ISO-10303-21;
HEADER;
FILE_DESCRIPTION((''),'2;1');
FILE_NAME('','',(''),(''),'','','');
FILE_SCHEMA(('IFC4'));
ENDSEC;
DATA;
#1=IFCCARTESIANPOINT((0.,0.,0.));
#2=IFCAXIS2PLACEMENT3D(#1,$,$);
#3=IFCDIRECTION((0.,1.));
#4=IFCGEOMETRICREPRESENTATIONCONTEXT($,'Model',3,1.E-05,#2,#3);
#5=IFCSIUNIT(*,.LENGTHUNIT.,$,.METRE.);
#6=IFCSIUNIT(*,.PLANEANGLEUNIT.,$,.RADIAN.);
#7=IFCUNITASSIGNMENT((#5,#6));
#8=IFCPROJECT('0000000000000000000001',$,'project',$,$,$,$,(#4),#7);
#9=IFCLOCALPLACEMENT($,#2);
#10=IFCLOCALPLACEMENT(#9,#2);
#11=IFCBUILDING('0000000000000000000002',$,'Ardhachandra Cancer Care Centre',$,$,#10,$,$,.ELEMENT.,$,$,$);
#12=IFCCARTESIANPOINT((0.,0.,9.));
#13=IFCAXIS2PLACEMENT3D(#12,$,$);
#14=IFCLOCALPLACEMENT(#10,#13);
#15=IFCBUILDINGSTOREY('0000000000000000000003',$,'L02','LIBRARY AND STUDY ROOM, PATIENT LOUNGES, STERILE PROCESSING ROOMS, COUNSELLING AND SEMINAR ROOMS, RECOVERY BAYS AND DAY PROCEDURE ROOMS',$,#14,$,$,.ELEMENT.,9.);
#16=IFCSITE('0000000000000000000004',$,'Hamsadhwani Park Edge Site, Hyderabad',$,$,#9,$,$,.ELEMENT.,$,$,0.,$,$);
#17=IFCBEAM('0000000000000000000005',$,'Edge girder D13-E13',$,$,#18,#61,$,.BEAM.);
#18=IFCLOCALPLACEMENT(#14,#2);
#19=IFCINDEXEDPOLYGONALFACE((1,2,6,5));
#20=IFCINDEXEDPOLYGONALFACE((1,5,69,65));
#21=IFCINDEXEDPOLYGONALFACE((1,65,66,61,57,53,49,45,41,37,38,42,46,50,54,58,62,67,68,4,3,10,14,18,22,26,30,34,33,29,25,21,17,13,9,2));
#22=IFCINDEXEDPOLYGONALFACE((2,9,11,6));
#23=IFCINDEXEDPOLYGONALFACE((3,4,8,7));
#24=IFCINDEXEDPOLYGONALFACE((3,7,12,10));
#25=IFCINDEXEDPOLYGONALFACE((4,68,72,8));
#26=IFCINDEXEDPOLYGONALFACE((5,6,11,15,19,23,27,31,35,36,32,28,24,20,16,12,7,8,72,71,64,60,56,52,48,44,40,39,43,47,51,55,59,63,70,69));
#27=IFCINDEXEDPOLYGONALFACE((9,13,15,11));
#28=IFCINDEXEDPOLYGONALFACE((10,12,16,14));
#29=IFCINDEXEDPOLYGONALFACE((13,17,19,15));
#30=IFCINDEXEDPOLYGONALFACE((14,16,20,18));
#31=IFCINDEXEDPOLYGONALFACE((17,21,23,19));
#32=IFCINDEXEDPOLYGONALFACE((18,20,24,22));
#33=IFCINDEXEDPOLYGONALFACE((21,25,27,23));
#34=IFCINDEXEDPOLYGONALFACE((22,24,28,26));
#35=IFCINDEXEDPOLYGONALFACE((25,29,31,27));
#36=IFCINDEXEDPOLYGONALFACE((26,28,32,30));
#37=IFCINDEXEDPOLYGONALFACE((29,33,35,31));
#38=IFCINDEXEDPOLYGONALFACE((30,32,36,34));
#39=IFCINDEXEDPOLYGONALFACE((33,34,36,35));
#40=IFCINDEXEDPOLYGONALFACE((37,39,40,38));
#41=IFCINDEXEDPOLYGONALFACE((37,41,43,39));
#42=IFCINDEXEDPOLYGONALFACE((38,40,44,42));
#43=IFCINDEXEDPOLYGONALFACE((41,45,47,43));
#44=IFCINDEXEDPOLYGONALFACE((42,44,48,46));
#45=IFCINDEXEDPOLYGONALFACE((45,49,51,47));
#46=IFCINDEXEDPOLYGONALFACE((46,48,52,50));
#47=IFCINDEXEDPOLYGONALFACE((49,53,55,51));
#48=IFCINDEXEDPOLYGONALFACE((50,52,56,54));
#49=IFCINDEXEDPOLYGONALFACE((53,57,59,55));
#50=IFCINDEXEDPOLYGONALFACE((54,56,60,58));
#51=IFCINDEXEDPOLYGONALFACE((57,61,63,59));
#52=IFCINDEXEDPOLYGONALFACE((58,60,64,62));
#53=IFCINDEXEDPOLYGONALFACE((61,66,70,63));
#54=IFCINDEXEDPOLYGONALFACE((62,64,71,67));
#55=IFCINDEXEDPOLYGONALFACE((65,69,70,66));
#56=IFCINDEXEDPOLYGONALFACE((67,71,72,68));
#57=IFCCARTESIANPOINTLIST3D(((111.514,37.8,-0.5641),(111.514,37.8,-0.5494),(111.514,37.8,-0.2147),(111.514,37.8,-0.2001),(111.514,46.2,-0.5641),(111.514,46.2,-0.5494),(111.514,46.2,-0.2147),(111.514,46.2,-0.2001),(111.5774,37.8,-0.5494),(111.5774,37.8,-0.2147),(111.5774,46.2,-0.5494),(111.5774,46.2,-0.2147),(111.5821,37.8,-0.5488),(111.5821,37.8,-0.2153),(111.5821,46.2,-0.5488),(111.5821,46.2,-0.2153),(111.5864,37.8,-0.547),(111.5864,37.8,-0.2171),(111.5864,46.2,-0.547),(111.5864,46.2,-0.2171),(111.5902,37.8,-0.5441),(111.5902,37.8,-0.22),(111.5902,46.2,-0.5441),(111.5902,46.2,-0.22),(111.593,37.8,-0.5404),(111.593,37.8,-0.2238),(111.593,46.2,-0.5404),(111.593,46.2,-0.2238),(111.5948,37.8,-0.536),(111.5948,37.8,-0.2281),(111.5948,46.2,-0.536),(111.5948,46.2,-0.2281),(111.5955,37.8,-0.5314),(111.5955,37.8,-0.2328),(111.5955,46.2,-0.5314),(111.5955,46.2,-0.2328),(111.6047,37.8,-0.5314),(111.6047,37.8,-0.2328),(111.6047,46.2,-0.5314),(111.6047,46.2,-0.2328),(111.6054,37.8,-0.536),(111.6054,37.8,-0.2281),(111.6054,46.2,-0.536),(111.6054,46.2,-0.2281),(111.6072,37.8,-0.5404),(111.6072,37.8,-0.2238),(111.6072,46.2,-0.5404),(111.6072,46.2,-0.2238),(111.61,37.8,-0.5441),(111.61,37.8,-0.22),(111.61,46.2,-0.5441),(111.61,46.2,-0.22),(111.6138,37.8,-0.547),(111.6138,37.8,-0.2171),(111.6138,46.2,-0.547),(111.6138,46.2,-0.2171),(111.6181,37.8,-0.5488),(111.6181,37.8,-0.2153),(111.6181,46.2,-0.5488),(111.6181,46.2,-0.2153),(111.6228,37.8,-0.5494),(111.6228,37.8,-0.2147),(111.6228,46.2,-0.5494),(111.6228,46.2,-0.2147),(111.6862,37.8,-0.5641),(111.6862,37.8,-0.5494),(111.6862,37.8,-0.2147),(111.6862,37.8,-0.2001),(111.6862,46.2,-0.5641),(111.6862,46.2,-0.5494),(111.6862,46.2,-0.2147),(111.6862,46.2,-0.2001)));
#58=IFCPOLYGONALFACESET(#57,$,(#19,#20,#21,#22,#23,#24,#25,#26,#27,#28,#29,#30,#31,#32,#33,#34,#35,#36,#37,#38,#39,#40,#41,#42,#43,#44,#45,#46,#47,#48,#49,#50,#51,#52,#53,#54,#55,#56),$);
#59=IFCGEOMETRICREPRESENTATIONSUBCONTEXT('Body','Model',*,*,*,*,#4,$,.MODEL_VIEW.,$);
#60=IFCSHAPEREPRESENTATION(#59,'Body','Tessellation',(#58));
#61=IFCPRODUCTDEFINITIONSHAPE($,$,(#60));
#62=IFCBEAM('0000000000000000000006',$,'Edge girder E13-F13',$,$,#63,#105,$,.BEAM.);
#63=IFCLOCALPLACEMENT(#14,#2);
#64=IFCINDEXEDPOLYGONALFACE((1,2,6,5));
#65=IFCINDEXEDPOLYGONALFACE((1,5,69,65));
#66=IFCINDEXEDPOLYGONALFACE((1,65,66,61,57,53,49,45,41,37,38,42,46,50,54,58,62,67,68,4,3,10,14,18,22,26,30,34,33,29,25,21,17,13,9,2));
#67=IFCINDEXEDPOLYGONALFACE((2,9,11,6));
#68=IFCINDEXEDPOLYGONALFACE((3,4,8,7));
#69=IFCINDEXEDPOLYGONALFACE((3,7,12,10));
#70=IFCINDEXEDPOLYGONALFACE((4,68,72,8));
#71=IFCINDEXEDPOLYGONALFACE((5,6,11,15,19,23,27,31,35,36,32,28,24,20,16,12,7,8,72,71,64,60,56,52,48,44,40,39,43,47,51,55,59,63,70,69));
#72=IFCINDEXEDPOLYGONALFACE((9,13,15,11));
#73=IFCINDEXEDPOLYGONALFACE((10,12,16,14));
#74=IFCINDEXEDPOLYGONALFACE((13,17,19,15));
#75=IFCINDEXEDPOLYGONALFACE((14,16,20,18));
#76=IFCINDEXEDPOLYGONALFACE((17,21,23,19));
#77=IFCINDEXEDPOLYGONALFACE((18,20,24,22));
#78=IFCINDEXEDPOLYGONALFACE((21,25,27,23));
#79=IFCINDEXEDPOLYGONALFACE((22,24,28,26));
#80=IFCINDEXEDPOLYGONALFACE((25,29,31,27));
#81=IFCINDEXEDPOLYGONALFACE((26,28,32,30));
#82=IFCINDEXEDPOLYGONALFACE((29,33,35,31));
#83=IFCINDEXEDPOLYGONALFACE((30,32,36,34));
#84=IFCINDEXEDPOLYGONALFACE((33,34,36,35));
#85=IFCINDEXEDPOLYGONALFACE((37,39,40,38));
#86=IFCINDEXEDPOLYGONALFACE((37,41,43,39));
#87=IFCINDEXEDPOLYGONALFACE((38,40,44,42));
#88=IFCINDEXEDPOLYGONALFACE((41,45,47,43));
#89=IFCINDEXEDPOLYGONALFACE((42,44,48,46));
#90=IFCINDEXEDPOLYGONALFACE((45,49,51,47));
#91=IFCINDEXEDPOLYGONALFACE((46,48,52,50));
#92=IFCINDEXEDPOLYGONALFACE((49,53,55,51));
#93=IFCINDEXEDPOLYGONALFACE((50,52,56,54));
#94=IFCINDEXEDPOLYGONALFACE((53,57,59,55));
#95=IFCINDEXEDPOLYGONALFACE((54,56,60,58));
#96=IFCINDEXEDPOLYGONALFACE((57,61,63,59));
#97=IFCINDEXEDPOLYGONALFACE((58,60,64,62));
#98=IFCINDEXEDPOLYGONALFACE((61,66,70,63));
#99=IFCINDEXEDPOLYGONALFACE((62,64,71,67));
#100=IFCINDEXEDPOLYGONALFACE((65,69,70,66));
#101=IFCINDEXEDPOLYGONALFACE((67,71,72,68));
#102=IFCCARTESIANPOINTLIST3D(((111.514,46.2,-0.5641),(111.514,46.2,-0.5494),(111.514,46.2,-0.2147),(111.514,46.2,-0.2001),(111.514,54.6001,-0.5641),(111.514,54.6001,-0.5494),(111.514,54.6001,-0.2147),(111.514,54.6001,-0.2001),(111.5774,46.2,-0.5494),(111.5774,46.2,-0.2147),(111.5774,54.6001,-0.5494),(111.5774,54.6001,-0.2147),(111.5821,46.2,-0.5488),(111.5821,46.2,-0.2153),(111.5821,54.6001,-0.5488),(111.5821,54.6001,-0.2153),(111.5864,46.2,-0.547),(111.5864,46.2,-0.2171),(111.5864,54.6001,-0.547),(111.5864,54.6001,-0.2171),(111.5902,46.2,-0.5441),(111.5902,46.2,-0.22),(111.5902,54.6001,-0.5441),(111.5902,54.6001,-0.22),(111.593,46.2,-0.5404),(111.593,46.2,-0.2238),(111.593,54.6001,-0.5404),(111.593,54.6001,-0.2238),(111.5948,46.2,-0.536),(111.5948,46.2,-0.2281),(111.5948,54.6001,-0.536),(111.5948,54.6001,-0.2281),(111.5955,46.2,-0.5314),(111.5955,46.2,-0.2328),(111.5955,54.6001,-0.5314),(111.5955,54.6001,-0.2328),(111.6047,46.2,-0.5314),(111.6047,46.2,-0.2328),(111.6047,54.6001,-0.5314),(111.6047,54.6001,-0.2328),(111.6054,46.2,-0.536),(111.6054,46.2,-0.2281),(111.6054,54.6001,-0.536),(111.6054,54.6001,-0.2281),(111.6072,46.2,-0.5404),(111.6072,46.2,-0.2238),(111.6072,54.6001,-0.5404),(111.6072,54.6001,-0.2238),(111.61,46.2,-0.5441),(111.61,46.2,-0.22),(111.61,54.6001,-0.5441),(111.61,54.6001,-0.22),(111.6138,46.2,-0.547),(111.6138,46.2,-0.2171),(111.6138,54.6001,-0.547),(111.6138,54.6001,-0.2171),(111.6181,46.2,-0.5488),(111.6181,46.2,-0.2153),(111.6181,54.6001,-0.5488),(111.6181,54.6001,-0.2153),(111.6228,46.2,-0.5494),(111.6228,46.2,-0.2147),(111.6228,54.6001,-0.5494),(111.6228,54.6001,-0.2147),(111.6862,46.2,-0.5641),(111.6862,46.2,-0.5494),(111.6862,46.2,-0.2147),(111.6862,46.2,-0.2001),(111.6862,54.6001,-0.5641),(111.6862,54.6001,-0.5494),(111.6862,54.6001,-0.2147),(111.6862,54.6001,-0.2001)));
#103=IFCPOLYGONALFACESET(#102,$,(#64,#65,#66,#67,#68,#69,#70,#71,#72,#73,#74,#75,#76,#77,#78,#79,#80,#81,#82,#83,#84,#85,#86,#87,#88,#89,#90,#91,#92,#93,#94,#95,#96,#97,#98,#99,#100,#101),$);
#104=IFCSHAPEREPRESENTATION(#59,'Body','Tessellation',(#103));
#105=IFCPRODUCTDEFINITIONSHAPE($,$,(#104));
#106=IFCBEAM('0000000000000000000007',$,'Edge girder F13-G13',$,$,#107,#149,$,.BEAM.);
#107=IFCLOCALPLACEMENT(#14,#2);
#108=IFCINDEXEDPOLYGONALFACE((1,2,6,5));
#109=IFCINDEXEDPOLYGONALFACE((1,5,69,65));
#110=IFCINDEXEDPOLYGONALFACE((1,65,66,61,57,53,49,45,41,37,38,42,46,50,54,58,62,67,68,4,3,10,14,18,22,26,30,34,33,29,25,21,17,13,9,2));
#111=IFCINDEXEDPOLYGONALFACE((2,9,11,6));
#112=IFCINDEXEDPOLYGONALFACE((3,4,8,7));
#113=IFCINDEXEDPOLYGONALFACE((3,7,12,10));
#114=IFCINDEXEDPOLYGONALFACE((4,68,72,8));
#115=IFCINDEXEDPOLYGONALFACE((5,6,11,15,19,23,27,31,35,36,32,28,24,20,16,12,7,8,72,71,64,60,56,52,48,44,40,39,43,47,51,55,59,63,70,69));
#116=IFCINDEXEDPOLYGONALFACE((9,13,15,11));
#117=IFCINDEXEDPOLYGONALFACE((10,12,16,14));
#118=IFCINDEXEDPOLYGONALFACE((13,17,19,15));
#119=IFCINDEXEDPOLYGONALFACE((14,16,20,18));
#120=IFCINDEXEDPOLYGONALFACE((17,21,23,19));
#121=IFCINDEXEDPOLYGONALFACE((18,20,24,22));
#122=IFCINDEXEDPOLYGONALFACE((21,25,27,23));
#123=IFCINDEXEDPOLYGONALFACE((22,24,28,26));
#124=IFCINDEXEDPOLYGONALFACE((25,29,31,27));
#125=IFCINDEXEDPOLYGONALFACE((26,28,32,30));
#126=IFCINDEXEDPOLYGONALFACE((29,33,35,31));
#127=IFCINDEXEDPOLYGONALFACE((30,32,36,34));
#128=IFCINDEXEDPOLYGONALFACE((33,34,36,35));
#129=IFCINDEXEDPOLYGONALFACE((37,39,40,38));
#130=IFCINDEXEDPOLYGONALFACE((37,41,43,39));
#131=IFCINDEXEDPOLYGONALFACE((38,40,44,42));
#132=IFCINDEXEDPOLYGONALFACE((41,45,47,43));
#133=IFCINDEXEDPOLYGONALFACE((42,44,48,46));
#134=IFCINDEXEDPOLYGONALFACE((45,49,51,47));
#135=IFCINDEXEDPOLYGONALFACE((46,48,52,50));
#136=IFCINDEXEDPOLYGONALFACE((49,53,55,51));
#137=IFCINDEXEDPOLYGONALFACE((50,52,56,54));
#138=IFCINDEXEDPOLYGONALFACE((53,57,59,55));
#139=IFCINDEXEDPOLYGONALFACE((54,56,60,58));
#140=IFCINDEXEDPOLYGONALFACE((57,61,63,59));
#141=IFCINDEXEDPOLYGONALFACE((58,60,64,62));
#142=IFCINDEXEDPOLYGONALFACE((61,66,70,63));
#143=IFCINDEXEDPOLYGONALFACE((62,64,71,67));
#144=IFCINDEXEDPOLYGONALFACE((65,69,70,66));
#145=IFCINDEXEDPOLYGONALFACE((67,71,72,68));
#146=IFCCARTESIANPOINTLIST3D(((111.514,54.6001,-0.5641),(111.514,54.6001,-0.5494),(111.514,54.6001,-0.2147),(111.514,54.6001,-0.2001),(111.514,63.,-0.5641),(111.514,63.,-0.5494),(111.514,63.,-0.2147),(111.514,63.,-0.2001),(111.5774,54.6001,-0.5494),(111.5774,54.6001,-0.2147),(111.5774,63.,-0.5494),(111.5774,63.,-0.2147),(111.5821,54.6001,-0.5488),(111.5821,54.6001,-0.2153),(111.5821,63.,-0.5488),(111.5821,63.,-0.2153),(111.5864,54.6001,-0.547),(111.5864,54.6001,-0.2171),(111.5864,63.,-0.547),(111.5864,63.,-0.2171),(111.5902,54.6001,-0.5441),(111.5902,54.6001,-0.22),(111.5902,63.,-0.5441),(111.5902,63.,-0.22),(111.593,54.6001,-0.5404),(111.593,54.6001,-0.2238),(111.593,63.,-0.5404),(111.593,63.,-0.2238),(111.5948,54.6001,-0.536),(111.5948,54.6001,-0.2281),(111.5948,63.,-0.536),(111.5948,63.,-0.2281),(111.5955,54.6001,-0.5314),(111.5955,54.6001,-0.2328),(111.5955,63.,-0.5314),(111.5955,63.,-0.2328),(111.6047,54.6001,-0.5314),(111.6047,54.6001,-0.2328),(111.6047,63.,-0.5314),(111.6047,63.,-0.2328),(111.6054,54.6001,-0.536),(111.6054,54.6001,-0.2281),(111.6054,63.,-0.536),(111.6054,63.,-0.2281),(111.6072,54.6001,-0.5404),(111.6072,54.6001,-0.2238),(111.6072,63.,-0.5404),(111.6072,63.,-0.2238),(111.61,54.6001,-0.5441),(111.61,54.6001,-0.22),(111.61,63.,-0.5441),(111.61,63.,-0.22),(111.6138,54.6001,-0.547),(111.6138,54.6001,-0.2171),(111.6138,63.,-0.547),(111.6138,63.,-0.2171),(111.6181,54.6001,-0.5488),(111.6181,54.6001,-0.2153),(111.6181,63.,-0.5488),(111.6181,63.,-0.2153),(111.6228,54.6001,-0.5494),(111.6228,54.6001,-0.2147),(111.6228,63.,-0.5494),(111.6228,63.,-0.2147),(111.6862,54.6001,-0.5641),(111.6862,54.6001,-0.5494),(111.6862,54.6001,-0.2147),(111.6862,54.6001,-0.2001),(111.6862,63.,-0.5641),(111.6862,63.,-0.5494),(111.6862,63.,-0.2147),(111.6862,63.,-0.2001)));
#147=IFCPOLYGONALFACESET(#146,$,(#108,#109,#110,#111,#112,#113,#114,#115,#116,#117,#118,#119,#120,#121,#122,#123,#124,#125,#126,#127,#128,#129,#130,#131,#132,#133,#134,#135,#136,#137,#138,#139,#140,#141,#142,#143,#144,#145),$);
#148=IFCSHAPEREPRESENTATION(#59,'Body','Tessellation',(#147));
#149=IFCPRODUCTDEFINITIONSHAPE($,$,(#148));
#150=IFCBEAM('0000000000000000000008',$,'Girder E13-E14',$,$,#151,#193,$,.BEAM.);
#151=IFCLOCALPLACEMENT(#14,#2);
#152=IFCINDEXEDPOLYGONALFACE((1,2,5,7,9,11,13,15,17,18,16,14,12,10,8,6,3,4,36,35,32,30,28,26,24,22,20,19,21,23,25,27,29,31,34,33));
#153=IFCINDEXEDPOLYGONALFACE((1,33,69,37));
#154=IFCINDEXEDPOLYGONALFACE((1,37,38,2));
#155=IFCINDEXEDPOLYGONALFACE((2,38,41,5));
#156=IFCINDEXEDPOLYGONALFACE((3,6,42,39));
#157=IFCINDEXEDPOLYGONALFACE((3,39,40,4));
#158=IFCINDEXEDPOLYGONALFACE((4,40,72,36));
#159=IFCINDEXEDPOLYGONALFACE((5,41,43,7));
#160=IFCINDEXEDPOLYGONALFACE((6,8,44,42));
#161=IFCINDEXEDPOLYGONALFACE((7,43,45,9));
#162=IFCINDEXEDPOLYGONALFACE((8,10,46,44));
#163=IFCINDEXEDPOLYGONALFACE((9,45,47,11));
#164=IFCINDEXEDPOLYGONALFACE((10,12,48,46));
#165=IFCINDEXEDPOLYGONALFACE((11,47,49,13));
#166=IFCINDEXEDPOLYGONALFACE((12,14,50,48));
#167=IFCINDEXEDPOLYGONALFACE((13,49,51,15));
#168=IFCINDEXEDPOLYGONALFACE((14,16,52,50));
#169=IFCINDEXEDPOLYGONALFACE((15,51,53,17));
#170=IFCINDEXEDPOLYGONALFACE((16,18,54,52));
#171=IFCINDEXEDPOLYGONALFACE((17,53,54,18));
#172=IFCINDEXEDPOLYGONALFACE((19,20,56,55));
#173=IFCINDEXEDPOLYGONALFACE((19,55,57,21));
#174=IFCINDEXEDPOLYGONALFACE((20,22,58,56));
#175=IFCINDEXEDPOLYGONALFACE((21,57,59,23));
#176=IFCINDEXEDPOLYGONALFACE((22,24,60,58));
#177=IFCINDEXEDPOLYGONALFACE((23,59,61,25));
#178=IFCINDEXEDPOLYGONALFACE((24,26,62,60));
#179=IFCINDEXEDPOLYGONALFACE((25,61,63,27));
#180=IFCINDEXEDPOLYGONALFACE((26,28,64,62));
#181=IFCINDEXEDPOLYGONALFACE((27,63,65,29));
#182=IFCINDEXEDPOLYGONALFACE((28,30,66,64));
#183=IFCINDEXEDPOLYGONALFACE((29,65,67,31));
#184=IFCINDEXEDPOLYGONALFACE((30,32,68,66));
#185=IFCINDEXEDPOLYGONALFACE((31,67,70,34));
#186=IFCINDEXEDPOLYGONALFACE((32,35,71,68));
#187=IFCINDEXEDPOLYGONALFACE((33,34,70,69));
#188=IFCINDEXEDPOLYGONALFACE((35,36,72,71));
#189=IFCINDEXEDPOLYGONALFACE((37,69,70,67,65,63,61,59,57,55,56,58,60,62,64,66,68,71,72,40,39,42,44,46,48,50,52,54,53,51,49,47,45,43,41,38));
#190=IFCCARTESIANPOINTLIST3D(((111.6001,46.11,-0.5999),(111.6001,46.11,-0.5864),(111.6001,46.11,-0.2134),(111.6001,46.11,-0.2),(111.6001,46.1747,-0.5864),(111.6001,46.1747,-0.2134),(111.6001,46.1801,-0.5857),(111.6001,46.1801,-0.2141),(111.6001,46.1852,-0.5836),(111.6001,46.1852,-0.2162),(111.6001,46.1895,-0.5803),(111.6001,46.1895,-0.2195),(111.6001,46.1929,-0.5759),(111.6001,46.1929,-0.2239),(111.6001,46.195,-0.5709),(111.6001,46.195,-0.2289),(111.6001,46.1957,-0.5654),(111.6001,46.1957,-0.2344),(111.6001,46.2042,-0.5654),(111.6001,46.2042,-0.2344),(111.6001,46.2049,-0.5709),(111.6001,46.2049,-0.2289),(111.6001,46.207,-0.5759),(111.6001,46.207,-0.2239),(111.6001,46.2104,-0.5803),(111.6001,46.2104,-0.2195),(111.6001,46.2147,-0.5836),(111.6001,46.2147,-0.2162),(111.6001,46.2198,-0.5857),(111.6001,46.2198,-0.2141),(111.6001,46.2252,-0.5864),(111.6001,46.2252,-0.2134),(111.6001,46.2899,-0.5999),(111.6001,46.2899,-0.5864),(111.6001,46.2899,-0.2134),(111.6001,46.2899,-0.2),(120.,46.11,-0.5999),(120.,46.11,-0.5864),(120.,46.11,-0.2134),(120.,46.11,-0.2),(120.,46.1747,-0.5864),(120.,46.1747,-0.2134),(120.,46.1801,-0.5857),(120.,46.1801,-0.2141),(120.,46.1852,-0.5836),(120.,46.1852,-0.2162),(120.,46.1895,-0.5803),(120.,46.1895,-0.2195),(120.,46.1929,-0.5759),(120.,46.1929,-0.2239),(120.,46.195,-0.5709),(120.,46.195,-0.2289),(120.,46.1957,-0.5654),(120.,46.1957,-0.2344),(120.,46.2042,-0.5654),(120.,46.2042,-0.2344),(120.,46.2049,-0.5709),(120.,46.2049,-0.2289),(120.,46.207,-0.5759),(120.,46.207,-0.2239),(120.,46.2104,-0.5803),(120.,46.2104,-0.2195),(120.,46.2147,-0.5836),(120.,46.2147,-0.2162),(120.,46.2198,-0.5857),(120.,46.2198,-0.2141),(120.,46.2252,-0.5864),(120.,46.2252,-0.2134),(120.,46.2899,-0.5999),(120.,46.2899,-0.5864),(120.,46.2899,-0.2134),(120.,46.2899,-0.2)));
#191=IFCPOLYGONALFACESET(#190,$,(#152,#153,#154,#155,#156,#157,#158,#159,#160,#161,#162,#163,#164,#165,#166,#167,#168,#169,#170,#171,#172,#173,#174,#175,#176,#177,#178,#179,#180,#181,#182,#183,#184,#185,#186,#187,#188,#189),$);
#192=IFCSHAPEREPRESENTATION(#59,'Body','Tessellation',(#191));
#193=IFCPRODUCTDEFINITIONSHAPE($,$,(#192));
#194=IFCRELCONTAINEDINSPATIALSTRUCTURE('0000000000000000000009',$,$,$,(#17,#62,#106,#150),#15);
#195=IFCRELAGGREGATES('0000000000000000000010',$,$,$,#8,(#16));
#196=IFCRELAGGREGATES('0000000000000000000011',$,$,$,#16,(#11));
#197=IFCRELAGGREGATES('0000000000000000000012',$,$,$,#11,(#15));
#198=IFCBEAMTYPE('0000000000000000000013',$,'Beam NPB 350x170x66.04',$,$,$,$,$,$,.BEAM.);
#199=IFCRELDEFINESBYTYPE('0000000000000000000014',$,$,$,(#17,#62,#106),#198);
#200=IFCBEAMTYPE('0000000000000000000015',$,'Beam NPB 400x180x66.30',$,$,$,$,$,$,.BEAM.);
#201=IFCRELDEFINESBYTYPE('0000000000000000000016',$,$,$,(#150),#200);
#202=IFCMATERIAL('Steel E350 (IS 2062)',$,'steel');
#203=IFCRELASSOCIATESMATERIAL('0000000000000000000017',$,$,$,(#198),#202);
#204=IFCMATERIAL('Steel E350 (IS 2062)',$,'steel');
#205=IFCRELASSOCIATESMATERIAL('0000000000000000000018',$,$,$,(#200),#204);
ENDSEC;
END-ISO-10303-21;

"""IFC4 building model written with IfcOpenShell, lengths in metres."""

from ifc_helpers import new_model, si_unit, direction, frame, origin, origin_2d, place, context, subcontext, project, spatial, i_section, extrude, material, material_profile, profile_set, type_object, element, save


model = new_model("IFC4")

# Units and contexts
model_context = context("Model", 3, precision=1e-05, world=origin(), true_north=direction((0.0, 1.0)))
body_context = subcontext(model_context, "Body", "Model", "MODEL_VIEW")
ifc_project = project(units=[si_unit("LENGTHUNIT", "METRE"), si_unit("PLANEANGLEUNIT", "RADIAN")], contexts=[model_context])

# Site, building, storey
site_placement = place(None, origin())
site = spatial("IfcSite", under=ifc_project, at=site_placement, Name="Hamsadhwani Park Edge Site, Hyderabad", CompositionType="ELEMENT", RefElevation=0.0)
building_placement = place(site_placement, origin())
building = spatial("IfcBuilding", under=site, at=building_placement, Name="Ardhachandra Cancer Care Centre", CompositionType="ELEMENT")
storey_placement = place(building_placement, frame((0.0, 0.0, 9.0)))
storey = spatial("IfcBuildingStorey", under=building, at=storey_placement, Name="L02", Description="LIBRARY AND STUDY ROOM, PATIENT LOUNGES, STERILE PROCESSING ROOMS, COUNSELLING AND SEMINAR ROOMS, RECOVERY BAYS AND DAY PROCEDURE ROOMS", CompositionType="ELEMENT", Elevation=9.0)

# Beams
ifc_material_1 = material(Name="Steel E350 (IS 2062)", Category="steel")
ifc_material_profile_1 = material_profile(ifc_material_1, i_section(OverallWidth=0.1721, OverallDepth=0.364, WebThickness=0.0093, FlangeThickness=0.0146, FilletRadius=0.0181, at=origin_2d()), Name="NPB 350x170x66.04")
ifc_profile_set_1 = profile_set([ifc_material_profile_1], Name="Steel E350 (IS 2062)")
beam_type_1 = type_object("IfcBeamType", Name="Beam NPB 350x170x66.04", PredefinedType="BEAM", material=ifc_profile_set_1)
beam_1_placement = place(storey_placement, frame((111.6001, 37.8, -0.3821), z_axis=(0.0, 1.0, 0.0), x_axis=(-1.0, 0.0, 0.0)))
element("IfcBeam", 1, at=beam_1_placement, inside=storey, type_object=beam_type_1, Name="Edge girder D13-E13", PredefinedType="BEAM", context=body_context, shape_type="SweptSolid", body=[
    extrude(i_section(OverallWidth=0.1721, OverallDepth=0.364, WebThickness=0.0093, FlangeThickness=0.0146, FilletRadius=0.0181, at=origin_2d()), origin(), (0.0, 0.0, 1.0), 8.3999),
])
beam_2_placement = place(storey_placement, frame((111.6001, 46.2, -0.3821), z_axis=(0.0, 1.0, 0.0), x_axis=(-1.0, 0.0, 0.0)))
element("IfcBeam", 2, at=beam_2_placement, inside=storey, type_object=beam_type_1, Name="Edge girder E13-F13", PredefinedType="BEAM", context=body_context, shape_type="SweptSolid", body=[
    extrude(i_section(OverallWidth=0.1721, OverallDepth=0.364, WebThickness=0.0093, FlangeThickness=0.0146, FilletRadius=0.0181, at=origin_2d()), origin(), (0.0, 0.0, 1.0), 8.4001),
])
beam_3_placement = place(storey_placement, frame((111.6001, 54.6001, -0.3821), z_axis=(0.0, 1.0, 0.0), x_axis=(-1.0, 0.0, 0.0)))
element("IfcBeam", 3, at=beam_3_placement, inside=storey, type_object=beam_type_1, Name="Edge girder F13-G13", PredefinedType="BEAM", context=body_context, shape_type="SweptSolid", body=[
    extrude(i_section(OverallWidth=0.1721, OverallDepth=0.364, WebThickness=0.0093, FlangeThickness=0.0146, FilletRadius=0.0181, at=origin_2d()), origin(), (0.0, 0.0, 1.0), 8.3999),
])
ifc_material_2 = material(Name="Steel E350 (IS 2062)", Category="steel")
ifc_material_profile_2 = material_profile(ifc_material_2, i_section(OverallWidth=0.1799, OverallDepth=0.3999, WebThickness=0.0085, FlangeThickness=0.0134, FilletRadius=0.021, at=origin_2d()), Name="NPB 400x180x66.30")
ifc_profile_set_2 = profile_set([ifc_material_profile_2], Name="Steel E350 (IS 2062)")
beam_type_2 = type_object("IfcBeamType", Name="Beam NPB 400x180x66.30", PredefinedType="BEAM", material=ifc_profile_set_2)
for number, where, z_axis, x_axis, name in (
    (4, (111.6001, 46.2, -0.3999), (1.0, 0.0, 0.0), (0.0, 1.0, 0.0), "Girder E13-E14"),
):
    element("IfcBeam", number, at=place(storey_placement, frame(where, z_axis=z_axis, x_axis=x_axis)), inside=storey, type_object=beam_type_2, Name=name, PredefinedType="BEAM", context=body_context, shape_type="SweptSolid", body=[
        extrude(i_section(OverallWidth=0.1799, OverallDepth=0.3999, WebThickness=0.0085, FlangeThickness=0.0134, FilletRadius=0.021, at=origin_2d()), origin(), (0.0, 0.0, 1.0), 8.3999),
    ])

save(model, "model.ifc")
